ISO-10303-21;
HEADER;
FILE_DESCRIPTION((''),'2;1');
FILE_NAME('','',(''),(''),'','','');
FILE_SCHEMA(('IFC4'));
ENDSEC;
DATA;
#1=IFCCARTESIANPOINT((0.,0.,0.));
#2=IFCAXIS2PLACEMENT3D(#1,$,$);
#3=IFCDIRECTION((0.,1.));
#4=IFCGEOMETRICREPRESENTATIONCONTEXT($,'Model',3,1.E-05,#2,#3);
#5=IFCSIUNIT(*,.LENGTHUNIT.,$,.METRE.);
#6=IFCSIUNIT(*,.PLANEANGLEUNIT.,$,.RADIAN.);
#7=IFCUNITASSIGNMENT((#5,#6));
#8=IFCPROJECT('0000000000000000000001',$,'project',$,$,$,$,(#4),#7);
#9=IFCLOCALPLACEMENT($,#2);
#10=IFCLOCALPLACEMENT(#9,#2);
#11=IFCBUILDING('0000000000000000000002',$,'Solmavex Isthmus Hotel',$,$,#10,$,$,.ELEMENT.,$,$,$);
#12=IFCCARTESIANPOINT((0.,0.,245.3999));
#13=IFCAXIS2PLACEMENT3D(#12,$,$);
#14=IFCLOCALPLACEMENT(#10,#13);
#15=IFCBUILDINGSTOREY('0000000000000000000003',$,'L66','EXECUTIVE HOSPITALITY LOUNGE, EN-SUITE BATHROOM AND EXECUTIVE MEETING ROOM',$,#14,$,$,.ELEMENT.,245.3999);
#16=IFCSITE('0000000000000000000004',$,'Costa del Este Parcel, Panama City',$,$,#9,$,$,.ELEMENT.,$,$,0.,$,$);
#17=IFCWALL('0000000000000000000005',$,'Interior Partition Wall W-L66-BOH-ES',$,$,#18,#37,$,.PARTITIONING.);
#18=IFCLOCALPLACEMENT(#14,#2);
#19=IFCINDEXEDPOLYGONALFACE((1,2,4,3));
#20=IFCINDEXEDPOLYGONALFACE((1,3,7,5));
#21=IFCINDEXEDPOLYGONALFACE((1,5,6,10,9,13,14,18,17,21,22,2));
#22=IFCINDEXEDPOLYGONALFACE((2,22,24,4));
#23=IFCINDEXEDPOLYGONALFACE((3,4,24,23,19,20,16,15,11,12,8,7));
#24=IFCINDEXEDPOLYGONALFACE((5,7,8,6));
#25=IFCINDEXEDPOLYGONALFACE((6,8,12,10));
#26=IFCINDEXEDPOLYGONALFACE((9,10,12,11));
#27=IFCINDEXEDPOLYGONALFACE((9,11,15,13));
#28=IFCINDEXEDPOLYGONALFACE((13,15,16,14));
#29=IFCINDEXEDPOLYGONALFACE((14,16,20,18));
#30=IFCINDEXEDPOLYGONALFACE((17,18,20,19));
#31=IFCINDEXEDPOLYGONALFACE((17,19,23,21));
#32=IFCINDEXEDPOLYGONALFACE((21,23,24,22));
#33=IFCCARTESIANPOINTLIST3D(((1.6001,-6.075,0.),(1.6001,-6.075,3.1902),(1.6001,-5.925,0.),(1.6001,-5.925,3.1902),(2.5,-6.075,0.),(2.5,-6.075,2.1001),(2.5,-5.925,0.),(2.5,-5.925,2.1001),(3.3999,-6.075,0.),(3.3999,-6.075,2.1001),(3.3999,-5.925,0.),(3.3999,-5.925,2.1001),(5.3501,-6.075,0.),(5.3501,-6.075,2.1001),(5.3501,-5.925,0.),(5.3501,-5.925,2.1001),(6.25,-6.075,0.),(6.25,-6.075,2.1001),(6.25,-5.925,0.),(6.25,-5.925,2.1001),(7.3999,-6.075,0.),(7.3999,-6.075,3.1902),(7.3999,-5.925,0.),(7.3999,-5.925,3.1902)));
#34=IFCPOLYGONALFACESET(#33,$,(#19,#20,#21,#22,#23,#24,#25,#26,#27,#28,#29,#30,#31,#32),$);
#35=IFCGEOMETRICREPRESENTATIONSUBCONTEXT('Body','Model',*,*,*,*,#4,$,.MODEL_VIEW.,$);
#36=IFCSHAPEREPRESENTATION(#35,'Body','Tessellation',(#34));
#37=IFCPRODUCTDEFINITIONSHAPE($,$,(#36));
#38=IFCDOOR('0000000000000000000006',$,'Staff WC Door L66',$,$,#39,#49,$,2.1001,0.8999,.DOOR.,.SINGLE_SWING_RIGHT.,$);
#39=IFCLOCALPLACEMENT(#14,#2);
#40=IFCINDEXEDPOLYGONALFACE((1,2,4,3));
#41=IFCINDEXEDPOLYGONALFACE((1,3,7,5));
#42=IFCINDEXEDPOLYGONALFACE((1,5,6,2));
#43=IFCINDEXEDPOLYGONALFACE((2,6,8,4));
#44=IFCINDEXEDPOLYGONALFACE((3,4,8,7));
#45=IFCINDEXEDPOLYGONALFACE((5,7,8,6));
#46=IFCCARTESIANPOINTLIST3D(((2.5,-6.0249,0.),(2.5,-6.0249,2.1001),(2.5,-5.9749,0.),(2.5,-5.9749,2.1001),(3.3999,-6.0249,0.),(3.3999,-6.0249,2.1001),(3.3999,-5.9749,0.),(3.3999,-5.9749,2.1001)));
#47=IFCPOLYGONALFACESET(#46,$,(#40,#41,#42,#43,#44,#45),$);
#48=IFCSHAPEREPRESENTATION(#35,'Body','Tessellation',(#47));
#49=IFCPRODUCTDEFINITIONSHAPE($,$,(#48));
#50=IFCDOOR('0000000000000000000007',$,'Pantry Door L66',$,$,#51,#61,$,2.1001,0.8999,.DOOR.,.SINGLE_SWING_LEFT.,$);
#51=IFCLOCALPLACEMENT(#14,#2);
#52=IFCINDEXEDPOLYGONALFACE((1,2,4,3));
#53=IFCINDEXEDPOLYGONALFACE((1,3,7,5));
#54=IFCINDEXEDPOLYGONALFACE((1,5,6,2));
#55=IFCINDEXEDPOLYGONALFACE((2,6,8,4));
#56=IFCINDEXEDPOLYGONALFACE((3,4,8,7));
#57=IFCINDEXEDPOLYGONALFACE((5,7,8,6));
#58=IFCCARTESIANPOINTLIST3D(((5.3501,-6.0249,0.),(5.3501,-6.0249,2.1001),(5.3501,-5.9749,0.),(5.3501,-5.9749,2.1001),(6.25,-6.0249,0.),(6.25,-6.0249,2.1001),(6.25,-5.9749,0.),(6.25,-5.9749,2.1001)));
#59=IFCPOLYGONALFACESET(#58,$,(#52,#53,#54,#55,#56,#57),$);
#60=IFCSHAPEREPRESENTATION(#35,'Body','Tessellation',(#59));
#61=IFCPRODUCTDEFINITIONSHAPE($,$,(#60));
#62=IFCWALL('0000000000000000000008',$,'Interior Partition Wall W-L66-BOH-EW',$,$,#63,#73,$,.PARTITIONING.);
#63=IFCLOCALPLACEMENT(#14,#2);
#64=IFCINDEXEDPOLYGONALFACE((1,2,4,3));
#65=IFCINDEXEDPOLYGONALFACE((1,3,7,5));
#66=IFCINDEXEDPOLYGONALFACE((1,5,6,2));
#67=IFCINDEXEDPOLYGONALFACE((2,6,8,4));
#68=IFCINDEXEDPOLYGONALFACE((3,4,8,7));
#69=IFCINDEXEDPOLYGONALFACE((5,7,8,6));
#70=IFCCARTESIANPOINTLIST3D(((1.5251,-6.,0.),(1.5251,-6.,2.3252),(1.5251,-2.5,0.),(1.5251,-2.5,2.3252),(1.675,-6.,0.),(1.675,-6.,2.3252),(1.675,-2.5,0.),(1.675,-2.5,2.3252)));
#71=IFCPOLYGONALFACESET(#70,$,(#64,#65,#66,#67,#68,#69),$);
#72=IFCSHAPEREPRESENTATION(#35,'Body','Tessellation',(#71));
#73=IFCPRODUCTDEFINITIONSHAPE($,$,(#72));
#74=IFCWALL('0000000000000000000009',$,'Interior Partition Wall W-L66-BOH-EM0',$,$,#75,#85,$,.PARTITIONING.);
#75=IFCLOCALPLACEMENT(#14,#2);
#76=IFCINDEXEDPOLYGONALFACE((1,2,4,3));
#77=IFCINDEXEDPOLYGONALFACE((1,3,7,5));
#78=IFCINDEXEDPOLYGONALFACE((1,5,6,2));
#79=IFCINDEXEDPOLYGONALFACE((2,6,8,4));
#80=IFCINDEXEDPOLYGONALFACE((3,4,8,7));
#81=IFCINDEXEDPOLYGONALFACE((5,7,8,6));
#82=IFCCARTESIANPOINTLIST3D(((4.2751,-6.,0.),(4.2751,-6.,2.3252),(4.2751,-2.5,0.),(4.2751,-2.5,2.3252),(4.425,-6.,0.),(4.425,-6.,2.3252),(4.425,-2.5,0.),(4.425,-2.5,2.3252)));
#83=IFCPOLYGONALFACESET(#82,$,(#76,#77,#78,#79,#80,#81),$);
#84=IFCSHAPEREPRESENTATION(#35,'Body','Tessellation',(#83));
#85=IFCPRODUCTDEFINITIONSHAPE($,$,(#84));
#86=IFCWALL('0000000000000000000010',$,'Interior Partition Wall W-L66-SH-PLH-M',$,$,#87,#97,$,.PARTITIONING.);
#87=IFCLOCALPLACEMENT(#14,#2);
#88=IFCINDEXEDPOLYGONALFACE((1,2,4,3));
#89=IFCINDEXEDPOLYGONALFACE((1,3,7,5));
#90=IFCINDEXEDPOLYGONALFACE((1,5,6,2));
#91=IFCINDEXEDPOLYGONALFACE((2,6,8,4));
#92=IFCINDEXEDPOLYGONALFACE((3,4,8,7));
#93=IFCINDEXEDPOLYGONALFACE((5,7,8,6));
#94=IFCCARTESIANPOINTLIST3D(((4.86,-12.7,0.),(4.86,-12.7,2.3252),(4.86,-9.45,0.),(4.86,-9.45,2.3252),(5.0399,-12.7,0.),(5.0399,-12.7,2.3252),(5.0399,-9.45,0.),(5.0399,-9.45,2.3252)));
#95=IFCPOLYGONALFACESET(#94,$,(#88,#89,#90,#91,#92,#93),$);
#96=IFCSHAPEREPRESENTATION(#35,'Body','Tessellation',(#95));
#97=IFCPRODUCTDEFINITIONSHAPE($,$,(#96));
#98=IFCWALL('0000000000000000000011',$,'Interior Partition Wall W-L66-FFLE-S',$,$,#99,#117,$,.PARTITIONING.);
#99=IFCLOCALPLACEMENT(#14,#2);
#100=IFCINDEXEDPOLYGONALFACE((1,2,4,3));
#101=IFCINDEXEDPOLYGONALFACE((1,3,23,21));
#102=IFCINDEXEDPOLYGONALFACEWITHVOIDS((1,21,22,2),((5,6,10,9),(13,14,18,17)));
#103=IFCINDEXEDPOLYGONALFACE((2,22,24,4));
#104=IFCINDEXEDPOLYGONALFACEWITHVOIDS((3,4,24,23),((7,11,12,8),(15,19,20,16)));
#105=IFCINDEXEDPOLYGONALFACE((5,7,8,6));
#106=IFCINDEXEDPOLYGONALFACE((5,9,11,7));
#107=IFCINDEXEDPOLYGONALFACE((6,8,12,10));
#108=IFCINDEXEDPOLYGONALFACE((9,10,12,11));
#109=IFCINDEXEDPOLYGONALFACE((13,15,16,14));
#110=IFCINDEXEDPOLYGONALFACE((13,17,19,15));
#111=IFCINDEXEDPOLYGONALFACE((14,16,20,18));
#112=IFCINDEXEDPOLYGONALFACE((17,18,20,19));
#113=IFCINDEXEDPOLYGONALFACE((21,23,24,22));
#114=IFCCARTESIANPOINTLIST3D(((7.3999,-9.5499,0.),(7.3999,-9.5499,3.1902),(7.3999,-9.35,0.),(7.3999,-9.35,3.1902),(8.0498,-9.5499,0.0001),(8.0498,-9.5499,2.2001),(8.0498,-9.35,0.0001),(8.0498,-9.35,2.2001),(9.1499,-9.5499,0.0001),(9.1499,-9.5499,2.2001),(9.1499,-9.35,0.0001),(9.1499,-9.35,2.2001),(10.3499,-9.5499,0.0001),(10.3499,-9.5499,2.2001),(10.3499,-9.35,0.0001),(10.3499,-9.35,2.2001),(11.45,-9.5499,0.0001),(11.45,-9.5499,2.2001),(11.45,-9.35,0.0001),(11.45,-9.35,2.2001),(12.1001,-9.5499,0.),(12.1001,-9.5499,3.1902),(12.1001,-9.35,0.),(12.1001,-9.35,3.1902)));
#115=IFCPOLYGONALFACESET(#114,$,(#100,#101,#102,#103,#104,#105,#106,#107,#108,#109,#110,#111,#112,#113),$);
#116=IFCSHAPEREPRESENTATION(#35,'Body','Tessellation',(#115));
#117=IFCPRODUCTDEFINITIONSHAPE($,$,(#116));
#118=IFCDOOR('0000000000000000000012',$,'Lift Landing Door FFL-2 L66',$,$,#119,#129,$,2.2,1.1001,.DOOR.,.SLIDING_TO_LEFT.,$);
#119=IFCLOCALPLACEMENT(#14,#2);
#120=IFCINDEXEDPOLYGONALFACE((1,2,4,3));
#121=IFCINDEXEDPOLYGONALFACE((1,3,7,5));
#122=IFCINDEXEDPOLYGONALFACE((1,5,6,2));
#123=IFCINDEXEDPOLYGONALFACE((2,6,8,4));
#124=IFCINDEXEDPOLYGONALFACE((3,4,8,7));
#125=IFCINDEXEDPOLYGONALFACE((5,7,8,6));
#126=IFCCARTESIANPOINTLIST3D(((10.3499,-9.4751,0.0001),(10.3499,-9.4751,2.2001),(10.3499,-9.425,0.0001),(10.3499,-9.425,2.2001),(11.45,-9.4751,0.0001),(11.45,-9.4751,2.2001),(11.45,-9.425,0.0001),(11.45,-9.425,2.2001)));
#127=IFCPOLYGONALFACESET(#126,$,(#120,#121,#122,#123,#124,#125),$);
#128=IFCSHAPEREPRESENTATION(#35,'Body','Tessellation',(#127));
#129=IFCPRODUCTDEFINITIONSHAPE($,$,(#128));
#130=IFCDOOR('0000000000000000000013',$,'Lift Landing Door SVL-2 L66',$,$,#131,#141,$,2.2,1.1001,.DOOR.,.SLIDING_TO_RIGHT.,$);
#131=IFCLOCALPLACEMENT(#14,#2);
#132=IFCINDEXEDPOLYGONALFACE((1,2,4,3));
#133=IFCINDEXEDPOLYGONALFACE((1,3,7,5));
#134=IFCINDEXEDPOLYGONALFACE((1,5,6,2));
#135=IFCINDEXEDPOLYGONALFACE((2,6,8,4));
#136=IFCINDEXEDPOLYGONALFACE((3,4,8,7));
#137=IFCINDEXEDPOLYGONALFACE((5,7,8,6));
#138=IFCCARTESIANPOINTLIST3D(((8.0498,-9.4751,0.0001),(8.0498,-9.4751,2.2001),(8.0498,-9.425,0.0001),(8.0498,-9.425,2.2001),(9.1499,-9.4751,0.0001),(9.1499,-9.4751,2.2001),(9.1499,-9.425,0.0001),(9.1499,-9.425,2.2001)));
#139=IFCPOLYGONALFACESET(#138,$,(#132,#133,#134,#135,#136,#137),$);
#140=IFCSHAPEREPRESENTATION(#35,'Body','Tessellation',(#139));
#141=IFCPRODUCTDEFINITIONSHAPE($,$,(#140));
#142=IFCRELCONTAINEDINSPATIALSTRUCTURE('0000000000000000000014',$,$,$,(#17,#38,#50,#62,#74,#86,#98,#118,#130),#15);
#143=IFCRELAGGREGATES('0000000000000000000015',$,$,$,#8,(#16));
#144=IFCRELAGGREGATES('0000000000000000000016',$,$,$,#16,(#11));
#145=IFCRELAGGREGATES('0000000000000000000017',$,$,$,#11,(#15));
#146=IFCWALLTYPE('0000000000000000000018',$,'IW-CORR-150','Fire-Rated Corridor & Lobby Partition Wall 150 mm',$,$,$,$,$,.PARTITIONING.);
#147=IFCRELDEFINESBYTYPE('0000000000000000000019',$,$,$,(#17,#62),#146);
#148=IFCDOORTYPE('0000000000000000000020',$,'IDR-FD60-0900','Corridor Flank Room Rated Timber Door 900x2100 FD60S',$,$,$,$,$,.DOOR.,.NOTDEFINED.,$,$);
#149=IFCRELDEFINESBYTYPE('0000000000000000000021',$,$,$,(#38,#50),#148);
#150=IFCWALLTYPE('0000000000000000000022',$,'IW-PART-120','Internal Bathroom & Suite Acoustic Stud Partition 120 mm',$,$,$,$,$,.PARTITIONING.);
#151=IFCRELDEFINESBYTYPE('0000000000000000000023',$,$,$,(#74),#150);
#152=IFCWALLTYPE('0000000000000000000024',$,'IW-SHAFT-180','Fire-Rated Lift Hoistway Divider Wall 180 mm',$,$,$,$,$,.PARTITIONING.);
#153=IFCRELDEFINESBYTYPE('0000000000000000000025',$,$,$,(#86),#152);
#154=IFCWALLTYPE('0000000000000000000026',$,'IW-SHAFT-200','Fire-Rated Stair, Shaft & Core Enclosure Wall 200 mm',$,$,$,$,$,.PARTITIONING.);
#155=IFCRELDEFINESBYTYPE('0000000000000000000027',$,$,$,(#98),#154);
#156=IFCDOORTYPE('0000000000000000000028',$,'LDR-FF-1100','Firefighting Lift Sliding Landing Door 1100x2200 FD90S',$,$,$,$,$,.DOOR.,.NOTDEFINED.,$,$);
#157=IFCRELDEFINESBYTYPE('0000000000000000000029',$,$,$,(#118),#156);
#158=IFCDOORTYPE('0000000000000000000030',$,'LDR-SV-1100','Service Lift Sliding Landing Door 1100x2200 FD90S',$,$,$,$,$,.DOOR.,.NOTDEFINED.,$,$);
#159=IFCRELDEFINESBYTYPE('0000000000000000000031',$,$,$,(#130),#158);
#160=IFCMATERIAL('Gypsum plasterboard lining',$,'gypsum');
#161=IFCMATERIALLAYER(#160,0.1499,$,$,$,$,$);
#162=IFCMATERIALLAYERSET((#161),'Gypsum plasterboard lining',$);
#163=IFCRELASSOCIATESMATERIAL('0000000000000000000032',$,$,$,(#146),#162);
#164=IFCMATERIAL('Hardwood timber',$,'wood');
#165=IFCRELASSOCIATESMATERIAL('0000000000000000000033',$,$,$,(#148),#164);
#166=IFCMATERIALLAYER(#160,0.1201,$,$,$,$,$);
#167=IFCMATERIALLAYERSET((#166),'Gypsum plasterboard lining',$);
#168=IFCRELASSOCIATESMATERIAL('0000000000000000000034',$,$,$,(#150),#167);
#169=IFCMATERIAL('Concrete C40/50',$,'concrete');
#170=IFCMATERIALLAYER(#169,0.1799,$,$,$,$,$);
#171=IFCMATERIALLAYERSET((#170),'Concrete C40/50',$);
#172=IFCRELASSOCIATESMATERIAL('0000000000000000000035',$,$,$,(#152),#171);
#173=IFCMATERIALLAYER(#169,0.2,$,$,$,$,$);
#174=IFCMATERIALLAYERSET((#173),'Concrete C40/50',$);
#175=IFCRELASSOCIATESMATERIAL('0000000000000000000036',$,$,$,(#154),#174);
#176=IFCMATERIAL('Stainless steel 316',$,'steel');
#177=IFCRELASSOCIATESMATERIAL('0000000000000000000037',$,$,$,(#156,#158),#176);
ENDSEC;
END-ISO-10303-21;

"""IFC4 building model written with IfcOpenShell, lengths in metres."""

from ifc_helpers import new_model, si_unit, direction, frame, frame_2d, origin, place, context, subcontext, project, spatial, rectangle, extrude, material, layer, layer_set, type_object, element, fill, save


model = new_model("IFC4")

# Units and contexts
model_context = context("Model", 3, precision=1e-05, world=origin(), true_north=direction((0.0, 1.0)))
body_context = subcontext(model_context, "Body", "Model", "MODEL_VIEW")
ifc_project = project(units=[si_unit("LENGTHUNIT", "METRE"), si_unit("PLANEANGLEUNIT", "RADIAN")], contexts=[model_context])

# Site, building, storey
site_placement = place(None, origin())
site = spatial("IfcSite", under=ifc_project, at=site_placement, Name="Costa del Este Parcel, Panama City", CompositionType="ELEMENT", RefElevation=0.0)
building_placement = place(site_placement, origin())
building = spatial("IfcBuilding", under=site, at=building_placement, Name="Solmavex Isthmus Hotel", CompositionType="ELEMENT")
storey_placement = place(building_placement, frame((0.0, 0.0, 245.3999)))
storey = spatial("IfcBuildingStorey", under=building, at=storey_placement, Name="L66", Description="EXECUTIVE HOSPITALITY LOUNGE, EN-SUITE BATHROOM AND EXECUTIVE MEETING ROOM", CompositionType="ELEMENT", Elevation=245.3999)

# Shared definitions
ifc_material_1 = material(Name="Concrete C40/50", Category="concrete")

# Shared definitions
ifc_material_2 = material(Name="Gypsum plasterboard lining", Category="gypsum")

# Wall, openings, doors
ifc_layer_1 = layer(ifc_material_2, 0.1499)
ifc_layer_set_1 = layer_set([ifc_layer_1], Name="Gypsum plasterboard lining")
wall_type_1 = type_object("IfcWallType", Name="IW-CORR-150", Description="Fire-Rated Corridor & Lobby Partition Wall 150 mm", PredefinedType="PARTITIONING", material=ifc_layer_set_1)
wall_1_placement = place(storey_placement, frame((1.6001, -6.0, 0.0), z_axis=(0.0, 0.0, 1.0), x_axis=(1.0, 0.0, 0.0)))
wall_1 = element("IfcWall", 1, at=wall_1_placement, inside=storey, type_object=wall_type_1, Name="Interior Partition Wall W-L66-BOH-ES", PredefinedType="PARTITIONING", context=body_context, shape_type="SweptSolid", body=[
    extrude(rectangle(XDim=5.7998, YDim=0.1499, at=frame_2d((2.8999, 0.0))), origin(), (0.0, 0.0, 1.0), 3.1902),
])
opening_1_placement = place(wall_1_placement, frame((0.8999, 0.0, 0.0)))
opening_1 = element("IfcOpeningElement", 2, at=opening_1_placement, cuts=wall_1, PredefinedType="OPENING", context=body_context, shape_type="SweptSolid", body=[
    extrude(rectangle(XDim=0.8999, YDim=2.1001, at=frame_2d((0.45, 1.05))), frame((0.0, 0.085, 0.0), z_axis=(0.0, -1.0, 0.0), x_axis=(1.0, 0.0, 0.0)), (0.0, 0.0, 1.0), 0.1699),
])
opening_2_placement = place(wall_1_placement, frame((3.75, 0.0, 0.0)))
opening_2 = element("IfcOpeningElement", 3, at=opening_2_placement, cuts=wall_1, PredefinedType="OPENING", context=body_context, shape_type="SweptSolid", body=[
    extrude(rectangle(XDim=0.8999, YDim=2.1001, at=frame_2d((0.45, 1.05))), frame((0.0, 0.085, 0.0), z_axis=(0.0, -1.0, 0.0), x_axis=(1.0, 0.0, 0.0)), (0.0, 0.0, 1.0), 0.1699),
])
ifc_material_3 = material(Name="Hardwood timber", Category="wood")
door_type_1 = type_object("IfcDoorType", Name="IDR-FD60-0900", Description="Corridor Flank Room Rated Timber Door 900x2100 FD60S", OperationType="NOTDEFINED", PredefinedType="DOOR", material=ifc_material_3)
door_1_placement = place(opening_1_placement, frame((0.8999, 0.0, 0.0), z_axis=(0.0, 0.0, 1.0), x_axis=(-1.0, 0.0, 0.0)))
door_1 = element("IfcDoor", 4, at=door_1_placement, inside=storey, type_object=door_type_1, Name="Staff WC Door L66", OperationType="SINGLE_SWING_RIGHT", OverallHeight=2.1001, OverallWidth=0.8999, PredefinedType="DOOR", context=body_context, shape_type="SweptSolid", body=[
    extrude(rectangle(XDim=0.8999, YDim=2.1001, at=frame_2d((0.45, 1.05))), frame((0.0, 0.0249, 0.0), z_axis=(0.0, -1.0, 0.0), x_axis=(1.0, 0.0, 0.0)), (0.0, 0.0, 1.0), 0.05),
])
fill(opening_1, door_1)
door_2_placement = place(opening_2_placement, frame((0.8999, 0.0, 0.0), z_axis=(0.0, 0.0, 1.0), x_axis=(-1.0, 0.0, 0.0)))
door_2 = element("IfcDoor", 5, at=door_2_placement, inside=storey, type_object=door_type_1, Name="Pantry Door L66", OperationType="SINGLE_SWING_LEFT", OverallHeight=2.1001, OverallWidth=0.8999, PredefinedType="DOOR", context=body_context, shape_type="SweptSolid", body=[
    extrude(rectangle(XDim=0.8999, YDim=2.1001, at=frame_2d((0.45, 1.05))), frame((0.0, 0.0249, 0.0), z_axis=(0.0, -1.0, 0.0), x_axis=(1.0, 0.0, 0.0)), (0.0, 0.0, 1.0), 0.05),
])
fill(opening_2, door_2)

# Walls
wall_2_placement = place(storey_placement, frame((1.6001, -6.0, 0.0), z_axis=(0.0, 0.0, 1.0), x_axis=(0.0, 1.0, 0.0)))
element("IfcWall", 6, at=wall_2_placement, inside=storey, type_object=wall_type_1, Name="Interior Partition Wall W-L66-BOH-EW", PredefinedType="PARTITIONING", context=body_context, shape_type="SweptSolid", body=[
    extrude(rectangle(XDim=3.5, YDim=0.1499, at=frame_2d((1.75, 0.0))), origin(), (0.0, 0.0, 1.0), 2.3252),
])
ifc_layer_2 = layer(ifc_material_2, 0.1201)
ifc_layer_set_2 = layer_set([ifc_layer_2], Name="Gypsum plasterboard lining")
wall_type_2 = type_object("IfcWallType", Name="IW-PART-120", Description="Internal Bathroom & Suite Acoustic Stud Partition 120 mm", PredefinedType="PARTITIONING", material=ifc_layer_set_2)
wall_3_placement = place(storey_placement, frame((4.3501, -6.0, 0.0), z_axis=(0.0, 0.0, 1.0), x_axis=(0.0, 1.0, 0.0)))
element("IfcWall", 7, at=wall_3_placement, inside=storey, type_object=wall_type_2, Name="Interior Partition Wall W-L66-BOH-EM0", PredefinedType="PARTITIONING", context=body_context, shape_type="SweptSolid", body=[
    extrude(rectangle(XDim=3.5, YDim=0.1499, at=frame_2d((1.75, 0.0))), origin(), (0.0, 0.0, 1.0), 2.3252),
])
ifc_layer_3 = layer(ifc_material_1, 0.1799)
ifc_layer_set_3 = layer_set([ifc_layer_3], Name="Concrete C40/50")
wall_type_3 = type_object("IfcWallType", Name="IW-SHAFT-180", Description="Fire-Rated Lift Hoistway Divider Wall 180 mm", PredefinedType="PARTITIONING", material=ifc_layer_set_3)
wall_4_placement = place(storey_placement, frame((4.95, -12.7, 0.0), z_axis=(0.0, 0.0, 1.0), x_axis=(0.0, 1.0, 0.0)))
element("IfcWall", 8, at=wall_4_placement, inside=storey, type_object=wall_type_3, Name="Interior Partition Wall W-L66-SH-PLH-M", PredefinedType="PARTITIONING", context=body_context, shape_type="SweptSolid", body=[
    extrude(rectangle(XDim=3.25, YDim=0.1799, at=frame_2d((1.625, 0.0))), origin(), (0.0, 0.0, 1.0), 2.3252),
])

# Wall, openings, doors
ifc_layer_4 = layer(ifc_material_1, 0.2)
ifc_layer_set_4 = layer_set([ifc_layer_4], Name="Concrete C40/50")
wall_type_4 = type_object("IfcWallType", Name="IW-SHAFT-200", Description="Fire-Rated Stair, Shaft & Core Enclosure Wall 200 mm", PredefinedType="PARTITIONING", material=ifc_layer_set_4)
wall_5_placement = place(storey_placement, frame((7.3999, -9.45, 0.0), z_axis=(0.0, 0.0, 1.0), x_axis=(1.0, 0.0, 0.0)))
wall_5 = element("IfcWall", 9, at=wall_5_placement, inside=storey, type_object=wall_type_4, Name="Interior Partition Wall W-L66-FFLE-S", PredefinedType="PARTITIONING", context=body_context, shape_type="SweptSolid", body=[
    extrude(rectangle(XDim=4.7002, YDim=0.2, at=frame_2d((2.3501, 0.0))), origin(), (0.0, 0.0, 1.0), 3.1902),
])
opening_3_placement = place(wall_5_placement, frame((2.95, 0.0, 0.0)))
opening_3 = element("IfcOpeningElement", 10, at=opening_3_placement, cuts=wall_5, PredefinedType="OPENING", context=body_context, shape_type="SweptSolid", body=[
    extrude(rectangle(XDim=1.1001, YDim=2.2, at=frame_2d((0.55, 1.1001))), frame((0.0, 0.1099, 0.0), z_axis=(0.0, -1.0, 0.0), x_axis=(1.0, 0.0, 0.0)), (0.0, 0.0, 1.0), 0.22),
])
opening_4_placement = place(wall_5_placement, frame((0.6499, 0.0, 0.0)))
opening_4 = element("IfcOpeningElement", 11, at=opening_4_placement, cuts=wall_5, PredefinedType="OPENING", context=body_context, shape_type="SweptSolid", body=[
    extrude(rectangle(XDim=1.1001, YDim=2.2, at=frame_2d((0.55, 1.1001))), frame((0.0, 0.1099, 0.0), z_axis=(0.0, -1.0, 0.0), x_axis=(1.0, 0.0, 0.0)), (0.0, 0.0, 1.0), 0.22),
])
ifc_material_4 = material(Name="Stainless steel 316", Category="steel")
door_type_2 = type_object("IfcDoorType", Name="LDR-FF-1100", Description="Firefighting Lift Sliding Landing Door 1100x2200 FD90S", OperationType="NOTDEFINED", PredefinedType="DOOR", material=ifc_material_4)
door_3_placement = place(opening_3_placement, origin())
door_3 = element("IfcDoor", 12, at=door_3_placement, inside=storey, type_object=door_type_2, Name="Lift Landing Door FFL-2 L66", OperationType="SLIDING_TO_LEFT", OverallHeight=2.2, OverallWidth=1.1001, PredefinedType="DOOR", context=body_context, shape_type="SweptSolid", body=[
    extrude(rectangle(XDim=1.1001, YDim=2.2, at=frame_2d((0.55, 1.1001))), frame((0.0, 0.0249, 0.0), z_axis=(0.0, -1.0, 0.0), x_axis=(1.0, 0.0, 0.0)), (0.0, 0.0, 1.0), 0.05),
])
fill(opening_3, door_3)
door_type_3 = type_object("IfcDoorType", Name="LDR-SV-1100", Description="Service Lift Sliding Landing Door 1100x2200 FD90S", OperationType="NOTDEFINED", PredefinedType="DOOR", material=ifc_material_4)
door_4_placement = place(opening_4_placement, origin())
door_4 = element("IfcDoor", 13, at=door_4_placement, inside=storey, type_object=door_type_3, Name="Lift Landing Door SVL-2 L66", OperationType="SLIDING_TO_RIGHT", OverallHeight=2.2, OverallWidth=1.1001, PredefinedType="DOOR", context=body_context, shape_type="SweptSolid", body=[
    extrude(rectangle(XDim=1.1001, YDim=2.2, at=frame_2d((0.55, 1.1001))), frame((0.0, 0.0249, 0.0), z_axis=(0.0, -1.0, 0.0), x_axis=(1.0, 0.0, 0.0)), (0.0, 0.0, 1.0), 0.05),
])
fill(opening_4, door_4)

save(model, "model.ifc")
